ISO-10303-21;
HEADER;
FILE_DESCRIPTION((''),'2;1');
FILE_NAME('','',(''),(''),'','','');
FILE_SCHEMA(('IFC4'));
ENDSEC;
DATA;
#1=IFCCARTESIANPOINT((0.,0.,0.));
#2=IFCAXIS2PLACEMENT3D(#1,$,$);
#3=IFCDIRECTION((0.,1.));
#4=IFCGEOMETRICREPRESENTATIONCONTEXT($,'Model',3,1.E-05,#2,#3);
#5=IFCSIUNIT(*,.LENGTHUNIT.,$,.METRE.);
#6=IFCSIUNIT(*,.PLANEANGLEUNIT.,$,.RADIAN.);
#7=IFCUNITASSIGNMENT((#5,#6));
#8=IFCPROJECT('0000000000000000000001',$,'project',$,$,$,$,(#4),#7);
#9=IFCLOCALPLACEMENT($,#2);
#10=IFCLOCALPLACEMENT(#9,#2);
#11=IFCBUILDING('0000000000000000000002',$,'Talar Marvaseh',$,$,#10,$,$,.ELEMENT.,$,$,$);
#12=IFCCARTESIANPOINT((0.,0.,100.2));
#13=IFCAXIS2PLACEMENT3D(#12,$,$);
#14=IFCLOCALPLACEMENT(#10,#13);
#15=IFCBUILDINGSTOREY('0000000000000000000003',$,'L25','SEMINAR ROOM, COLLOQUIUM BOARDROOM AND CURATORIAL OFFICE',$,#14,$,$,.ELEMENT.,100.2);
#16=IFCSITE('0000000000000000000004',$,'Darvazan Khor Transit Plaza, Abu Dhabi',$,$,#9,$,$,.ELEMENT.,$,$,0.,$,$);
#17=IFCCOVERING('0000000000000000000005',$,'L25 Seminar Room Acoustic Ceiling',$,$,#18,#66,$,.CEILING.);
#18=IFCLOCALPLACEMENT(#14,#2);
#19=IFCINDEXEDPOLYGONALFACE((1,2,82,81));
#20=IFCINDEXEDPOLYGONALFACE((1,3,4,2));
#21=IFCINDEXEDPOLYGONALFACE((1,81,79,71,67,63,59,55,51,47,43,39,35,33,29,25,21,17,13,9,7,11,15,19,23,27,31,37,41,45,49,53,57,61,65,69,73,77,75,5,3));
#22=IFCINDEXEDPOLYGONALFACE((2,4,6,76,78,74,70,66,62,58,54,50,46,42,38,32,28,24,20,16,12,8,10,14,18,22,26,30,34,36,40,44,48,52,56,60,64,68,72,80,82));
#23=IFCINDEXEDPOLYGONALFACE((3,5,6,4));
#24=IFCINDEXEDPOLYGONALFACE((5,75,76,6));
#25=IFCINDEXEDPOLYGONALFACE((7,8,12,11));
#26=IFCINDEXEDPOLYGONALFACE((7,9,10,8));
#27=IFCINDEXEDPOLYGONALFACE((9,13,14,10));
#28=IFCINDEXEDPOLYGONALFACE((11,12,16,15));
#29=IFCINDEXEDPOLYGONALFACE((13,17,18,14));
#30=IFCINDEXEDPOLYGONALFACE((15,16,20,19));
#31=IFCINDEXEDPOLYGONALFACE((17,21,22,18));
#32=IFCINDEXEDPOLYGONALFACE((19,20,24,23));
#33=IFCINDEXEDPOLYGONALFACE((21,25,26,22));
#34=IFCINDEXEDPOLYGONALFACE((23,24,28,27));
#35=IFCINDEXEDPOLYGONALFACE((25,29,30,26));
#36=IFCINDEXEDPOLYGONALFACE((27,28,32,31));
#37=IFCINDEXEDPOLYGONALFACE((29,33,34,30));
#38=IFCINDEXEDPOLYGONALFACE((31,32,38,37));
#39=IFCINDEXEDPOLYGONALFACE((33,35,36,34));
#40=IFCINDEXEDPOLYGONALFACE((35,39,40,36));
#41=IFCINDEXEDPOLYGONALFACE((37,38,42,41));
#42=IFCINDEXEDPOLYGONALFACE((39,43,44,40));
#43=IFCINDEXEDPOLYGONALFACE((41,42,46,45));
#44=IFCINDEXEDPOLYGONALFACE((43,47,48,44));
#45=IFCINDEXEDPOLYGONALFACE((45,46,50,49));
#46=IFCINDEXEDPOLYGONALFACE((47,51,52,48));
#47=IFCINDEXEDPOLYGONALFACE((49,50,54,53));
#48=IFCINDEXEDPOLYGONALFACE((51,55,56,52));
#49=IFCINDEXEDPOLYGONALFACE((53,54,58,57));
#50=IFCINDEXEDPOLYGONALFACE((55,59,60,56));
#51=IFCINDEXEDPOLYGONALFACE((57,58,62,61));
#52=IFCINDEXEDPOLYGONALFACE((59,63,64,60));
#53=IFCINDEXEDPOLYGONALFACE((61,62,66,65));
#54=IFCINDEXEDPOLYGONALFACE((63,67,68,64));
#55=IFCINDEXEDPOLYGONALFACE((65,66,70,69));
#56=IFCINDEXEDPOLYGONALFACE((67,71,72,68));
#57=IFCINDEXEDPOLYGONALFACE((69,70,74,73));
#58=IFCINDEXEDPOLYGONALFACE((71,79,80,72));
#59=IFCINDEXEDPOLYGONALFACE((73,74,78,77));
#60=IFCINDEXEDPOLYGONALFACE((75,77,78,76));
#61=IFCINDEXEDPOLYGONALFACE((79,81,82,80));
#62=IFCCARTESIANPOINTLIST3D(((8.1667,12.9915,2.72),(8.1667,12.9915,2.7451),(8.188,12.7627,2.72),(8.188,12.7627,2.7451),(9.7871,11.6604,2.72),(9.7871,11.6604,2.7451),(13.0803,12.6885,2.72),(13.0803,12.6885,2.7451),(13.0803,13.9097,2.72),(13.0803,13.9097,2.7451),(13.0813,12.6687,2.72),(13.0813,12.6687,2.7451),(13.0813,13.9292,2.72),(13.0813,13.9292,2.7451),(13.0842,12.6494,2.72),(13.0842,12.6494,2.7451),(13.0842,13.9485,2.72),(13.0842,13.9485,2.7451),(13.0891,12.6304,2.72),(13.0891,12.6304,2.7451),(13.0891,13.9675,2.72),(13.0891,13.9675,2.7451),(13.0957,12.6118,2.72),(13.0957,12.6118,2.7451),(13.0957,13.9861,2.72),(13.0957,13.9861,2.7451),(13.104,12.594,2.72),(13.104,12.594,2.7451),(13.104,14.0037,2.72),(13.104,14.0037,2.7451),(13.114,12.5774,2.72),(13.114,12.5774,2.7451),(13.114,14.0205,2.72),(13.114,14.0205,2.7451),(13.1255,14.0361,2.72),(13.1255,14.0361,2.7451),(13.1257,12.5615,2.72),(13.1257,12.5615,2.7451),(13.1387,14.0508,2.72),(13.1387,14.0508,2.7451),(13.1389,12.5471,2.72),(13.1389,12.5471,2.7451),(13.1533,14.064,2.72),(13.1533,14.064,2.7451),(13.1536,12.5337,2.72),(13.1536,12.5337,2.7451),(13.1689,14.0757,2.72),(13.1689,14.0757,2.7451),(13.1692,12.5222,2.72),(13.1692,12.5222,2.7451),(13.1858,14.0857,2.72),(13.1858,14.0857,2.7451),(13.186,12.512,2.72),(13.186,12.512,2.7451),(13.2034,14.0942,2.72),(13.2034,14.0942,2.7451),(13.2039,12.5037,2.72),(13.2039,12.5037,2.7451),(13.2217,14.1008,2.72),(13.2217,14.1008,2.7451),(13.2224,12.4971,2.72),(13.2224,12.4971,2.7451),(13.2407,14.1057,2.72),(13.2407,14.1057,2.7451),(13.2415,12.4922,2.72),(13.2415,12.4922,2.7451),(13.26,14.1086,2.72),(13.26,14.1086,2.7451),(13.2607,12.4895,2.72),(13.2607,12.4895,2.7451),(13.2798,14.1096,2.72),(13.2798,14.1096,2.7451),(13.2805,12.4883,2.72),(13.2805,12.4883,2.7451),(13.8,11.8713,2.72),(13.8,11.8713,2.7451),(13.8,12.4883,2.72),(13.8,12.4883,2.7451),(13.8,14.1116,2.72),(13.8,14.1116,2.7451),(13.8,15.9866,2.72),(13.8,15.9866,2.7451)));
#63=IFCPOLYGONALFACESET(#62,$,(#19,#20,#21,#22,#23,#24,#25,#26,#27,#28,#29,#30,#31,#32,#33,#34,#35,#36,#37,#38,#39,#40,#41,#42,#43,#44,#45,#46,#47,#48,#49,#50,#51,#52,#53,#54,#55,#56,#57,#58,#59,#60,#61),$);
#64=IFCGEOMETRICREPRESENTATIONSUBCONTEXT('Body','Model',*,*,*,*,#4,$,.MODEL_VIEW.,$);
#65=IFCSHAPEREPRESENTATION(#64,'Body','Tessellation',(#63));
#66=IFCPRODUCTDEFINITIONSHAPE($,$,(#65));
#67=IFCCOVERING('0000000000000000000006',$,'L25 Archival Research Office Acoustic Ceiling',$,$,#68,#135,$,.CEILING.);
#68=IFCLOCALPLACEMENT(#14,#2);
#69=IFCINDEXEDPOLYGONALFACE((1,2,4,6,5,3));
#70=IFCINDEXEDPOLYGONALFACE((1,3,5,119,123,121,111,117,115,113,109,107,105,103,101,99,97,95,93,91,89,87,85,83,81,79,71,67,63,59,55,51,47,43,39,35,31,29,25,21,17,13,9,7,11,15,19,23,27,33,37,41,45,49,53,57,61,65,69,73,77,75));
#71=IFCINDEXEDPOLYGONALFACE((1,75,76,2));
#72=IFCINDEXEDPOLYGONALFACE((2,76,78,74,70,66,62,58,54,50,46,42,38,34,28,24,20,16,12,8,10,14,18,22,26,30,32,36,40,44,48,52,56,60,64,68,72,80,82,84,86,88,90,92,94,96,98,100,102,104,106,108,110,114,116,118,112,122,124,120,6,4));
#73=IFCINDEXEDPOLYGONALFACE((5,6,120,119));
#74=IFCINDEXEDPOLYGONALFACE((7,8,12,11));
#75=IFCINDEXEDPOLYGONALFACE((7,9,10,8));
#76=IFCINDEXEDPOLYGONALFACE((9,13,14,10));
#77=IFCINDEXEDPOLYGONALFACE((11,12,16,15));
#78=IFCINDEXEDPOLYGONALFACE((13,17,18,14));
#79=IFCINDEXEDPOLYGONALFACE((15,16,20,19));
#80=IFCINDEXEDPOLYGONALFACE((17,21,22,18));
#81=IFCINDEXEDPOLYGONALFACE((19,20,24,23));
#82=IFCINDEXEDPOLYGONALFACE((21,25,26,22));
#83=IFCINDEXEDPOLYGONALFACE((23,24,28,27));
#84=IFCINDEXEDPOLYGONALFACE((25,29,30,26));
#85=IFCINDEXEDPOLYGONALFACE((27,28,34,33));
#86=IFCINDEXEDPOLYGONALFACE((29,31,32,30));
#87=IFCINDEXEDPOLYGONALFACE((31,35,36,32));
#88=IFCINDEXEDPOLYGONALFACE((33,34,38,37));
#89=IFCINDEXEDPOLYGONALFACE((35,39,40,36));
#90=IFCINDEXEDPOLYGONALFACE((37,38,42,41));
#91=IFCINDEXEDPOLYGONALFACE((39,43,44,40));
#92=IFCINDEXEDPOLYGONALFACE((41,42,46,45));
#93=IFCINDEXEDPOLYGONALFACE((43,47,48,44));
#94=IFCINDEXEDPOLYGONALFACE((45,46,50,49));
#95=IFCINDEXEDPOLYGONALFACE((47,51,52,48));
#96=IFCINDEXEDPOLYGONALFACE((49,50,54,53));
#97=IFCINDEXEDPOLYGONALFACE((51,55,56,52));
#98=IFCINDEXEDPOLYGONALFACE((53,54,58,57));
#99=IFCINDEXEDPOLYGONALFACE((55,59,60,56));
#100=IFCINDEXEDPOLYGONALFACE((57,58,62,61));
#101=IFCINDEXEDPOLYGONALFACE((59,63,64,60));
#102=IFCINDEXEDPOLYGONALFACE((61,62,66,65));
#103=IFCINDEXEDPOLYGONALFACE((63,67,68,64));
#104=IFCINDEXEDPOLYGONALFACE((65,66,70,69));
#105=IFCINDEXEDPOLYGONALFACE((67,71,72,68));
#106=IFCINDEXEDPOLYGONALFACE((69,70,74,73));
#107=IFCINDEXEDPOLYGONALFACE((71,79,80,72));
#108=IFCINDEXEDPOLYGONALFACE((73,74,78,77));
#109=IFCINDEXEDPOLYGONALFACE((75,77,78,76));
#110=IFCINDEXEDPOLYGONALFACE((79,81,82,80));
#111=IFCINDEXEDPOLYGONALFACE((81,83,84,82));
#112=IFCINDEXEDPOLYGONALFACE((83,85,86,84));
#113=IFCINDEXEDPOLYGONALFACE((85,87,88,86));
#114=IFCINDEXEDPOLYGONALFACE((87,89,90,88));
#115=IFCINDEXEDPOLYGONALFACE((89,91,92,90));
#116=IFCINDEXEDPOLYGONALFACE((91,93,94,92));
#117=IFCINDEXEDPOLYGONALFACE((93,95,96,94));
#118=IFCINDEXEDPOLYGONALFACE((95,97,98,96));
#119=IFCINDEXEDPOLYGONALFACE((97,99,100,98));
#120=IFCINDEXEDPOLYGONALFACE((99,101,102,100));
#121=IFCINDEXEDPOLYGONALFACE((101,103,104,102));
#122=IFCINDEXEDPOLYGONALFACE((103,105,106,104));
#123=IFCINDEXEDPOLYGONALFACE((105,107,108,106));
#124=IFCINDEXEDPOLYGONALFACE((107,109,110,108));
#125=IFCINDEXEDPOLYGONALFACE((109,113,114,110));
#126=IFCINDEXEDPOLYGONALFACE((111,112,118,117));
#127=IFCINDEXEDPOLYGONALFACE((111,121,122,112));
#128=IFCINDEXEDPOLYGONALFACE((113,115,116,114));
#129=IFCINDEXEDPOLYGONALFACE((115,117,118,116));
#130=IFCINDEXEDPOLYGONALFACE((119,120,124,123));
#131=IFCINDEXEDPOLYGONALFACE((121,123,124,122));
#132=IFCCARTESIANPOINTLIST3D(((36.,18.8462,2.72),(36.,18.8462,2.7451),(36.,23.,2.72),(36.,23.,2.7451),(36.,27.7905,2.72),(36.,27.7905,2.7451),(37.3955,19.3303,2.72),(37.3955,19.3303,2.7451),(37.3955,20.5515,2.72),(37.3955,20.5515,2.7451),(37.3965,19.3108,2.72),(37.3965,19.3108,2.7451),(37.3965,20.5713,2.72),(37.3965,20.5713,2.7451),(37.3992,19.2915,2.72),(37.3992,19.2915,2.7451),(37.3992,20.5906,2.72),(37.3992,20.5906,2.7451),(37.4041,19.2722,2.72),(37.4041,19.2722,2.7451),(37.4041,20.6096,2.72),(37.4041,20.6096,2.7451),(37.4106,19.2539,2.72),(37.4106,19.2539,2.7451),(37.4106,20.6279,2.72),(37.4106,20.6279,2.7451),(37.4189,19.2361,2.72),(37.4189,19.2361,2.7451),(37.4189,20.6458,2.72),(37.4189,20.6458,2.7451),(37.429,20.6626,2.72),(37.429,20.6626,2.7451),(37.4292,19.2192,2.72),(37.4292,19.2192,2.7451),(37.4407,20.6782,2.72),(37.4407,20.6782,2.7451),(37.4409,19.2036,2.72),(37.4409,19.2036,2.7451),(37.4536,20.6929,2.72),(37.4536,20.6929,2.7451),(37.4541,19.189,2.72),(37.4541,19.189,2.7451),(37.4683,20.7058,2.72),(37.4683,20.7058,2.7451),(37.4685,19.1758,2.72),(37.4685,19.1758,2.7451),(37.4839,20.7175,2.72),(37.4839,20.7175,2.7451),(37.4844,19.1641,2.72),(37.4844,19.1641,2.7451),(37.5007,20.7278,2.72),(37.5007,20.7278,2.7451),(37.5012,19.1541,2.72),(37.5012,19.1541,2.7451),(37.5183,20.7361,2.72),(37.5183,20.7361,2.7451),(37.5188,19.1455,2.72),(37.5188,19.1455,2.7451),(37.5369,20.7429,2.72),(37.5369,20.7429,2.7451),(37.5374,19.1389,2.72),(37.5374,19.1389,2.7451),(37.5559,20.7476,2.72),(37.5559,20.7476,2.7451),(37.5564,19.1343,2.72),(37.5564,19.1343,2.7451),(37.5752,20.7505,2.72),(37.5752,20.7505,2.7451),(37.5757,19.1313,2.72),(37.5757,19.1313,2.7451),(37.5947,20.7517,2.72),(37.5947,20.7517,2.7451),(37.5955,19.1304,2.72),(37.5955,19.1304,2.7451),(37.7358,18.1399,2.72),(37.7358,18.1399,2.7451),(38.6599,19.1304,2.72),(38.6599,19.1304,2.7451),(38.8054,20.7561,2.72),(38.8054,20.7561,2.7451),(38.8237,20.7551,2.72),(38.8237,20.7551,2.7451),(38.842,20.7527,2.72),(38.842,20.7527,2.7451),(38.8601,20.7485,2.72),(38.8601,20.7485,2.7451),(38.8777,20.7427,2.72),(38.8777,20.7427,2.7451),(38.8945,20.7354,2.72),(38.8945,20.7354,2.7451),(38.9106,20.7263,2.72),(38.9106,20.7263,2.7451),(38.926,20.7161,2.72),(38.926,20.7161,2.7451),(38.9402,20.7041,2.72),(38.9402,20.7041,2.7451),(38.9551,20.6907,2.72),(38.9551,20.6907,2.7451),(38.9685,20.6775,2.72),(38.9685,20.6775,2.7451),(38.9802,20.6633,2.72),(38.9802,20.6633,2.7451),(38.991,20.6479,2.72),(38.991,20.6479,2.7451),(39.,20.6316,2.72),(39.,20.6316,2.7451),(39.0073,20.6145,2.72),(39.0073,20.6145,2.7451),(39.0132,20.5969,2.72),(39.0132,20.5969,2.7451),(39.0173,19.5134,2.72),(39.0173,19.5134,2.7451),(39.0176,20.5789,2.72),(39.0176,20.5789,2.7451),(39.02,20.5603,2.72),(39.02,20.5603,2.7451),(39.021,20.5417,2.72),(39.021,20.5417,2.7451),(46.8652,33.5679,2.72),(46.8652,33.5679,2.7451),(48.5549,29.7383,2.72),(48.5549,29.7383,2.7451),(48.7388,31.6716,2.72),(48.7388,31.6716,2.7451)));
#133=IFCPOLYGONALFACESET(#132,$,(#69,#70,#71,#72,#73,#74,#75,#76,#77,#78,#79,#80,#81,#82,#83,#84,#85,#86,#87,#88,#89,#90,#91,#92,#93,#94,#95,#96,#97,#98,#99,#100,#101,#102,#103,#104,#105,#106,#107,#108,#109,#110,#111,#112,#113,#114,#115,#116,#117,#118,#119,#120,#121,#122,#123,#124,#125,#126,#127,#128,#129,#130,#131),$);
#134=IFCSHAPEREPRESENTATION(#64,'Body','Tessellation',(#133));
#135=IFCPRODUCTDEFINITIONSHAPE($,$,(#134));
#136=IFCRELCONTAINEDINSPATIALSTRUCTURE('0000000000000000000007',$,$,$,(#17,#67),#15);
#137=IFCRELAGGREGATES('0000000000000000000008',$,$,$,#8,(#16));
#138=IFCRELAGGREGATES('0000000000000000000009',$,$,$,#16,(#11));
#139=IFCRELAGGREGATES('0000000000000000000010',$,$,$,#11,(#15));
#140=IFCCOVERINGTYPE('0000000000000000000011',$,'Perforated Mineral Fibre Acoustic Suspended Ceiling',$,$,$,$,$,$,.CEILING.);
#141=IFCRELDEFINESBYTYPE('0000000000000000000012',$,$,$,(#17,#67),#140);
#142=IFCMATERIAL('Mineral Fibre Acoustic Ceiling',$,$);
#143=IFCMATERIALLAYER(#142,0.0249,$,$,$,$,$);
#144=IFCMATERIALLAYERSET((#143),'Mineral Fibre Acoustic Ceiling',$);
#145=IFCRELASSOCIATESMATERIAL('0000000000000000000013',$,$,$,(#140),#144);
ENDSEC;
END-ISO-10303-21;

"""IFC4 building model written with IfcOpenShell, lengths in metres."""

from ifc_helpers import new_model, si_unit, direction, frame, origin, place, context, subcontext, project, spatial, polyline, outline, extrude, material, layer, layer_set, type_object, element, save


model = new_model("IFC4")

# Units and contexts
model_context = context("Model", 3, precision=1e-05, world=origin(), true_north=direction((0.0, 1.0)))
body_context = subcontext(model_context, "Body", "Model", "MODEL_VIEW")
ifc_project = project(units=[si_unit("LENGTHUNIT", "METRE"), si_unit("PLANEANGLEUNIT", "RADIAN")], contexts=[model_context])

# Site, building, storey
site_placement = place(None, origin())
site = spatial("IfcSite", under=ifc_project, at=site_placement, Name="Darvazan Khor Transit Plaza, Abu Dhabi", CompositionType="ELEMENT", RefElevation=0.0)
building_placement = place(site_placement, origin())
building = spatial("IfcBuilding", under=site, at=building_placement, Name="Talar Marvaseh", CompositionType="ELEMENT")
storey_placement = place(building_placement, frame((0.0, 0.0, 100.2)))
storey = spatial("IfcBuildingStorey", under=building, at=storey_placement, Name="L25", Description="SEMINAR ROOM, COLLOQUIUM BOARDROOM AND CURATORIAL OFFICE", CompositionType="ELEMENT", Elevation=100.2)

# Coverings
ifc_material_1 = material(Name="Mineral Fibre Acoustic Ceiling")
ifc_layer_1 = layer(ifc_material_1, 0.0249)
ifc_layer_set_1 = layer_set([ifc_layer_1], Name="Mineral Fibre Acoustic Ceiling")
covering_type_1 = type_object("IfcCoveringType", Name="Perforated Mineral Fibre Acoustic Suspended Ceiling", PredefinedType="CEILING", material=ifc_layer_set_1)
covering_1_placement = place(storey_placement, frame((0.0, 0.0, 2.72)))
element("IfcCovering", 1, at=covering_1_placement, inside=storey, type_object=covering_type_1, Name="L25 Seminar Room Acoustic Ceiling", PredefinedType="CEILING", context=body_context, shape_type="SweptSolid", body=[
    extrude(outline(polyline([(13.8, 15.9866), (13.8, 14.1116), (13.2798, 14.1096), (13.26, 14.1086), (13.2407, 14.1057), (13.2217, 14.1008), (13.2034, 14.0942), (13.1858, 14.0857), (13.1689, 14.0757), (13.1533, 14.064), (13.1387, 14.0508), (13.1255, 14.0361), (13.114, 14.0205), (13.104, 14.0037), (13.0957, 13.9861), (13.0891, 13.9675), (13.0842, 13.9485), (13.0813, 13.9292), (13.0803, 13.9097), (13.0803, 12.6885), (13.0813, 12.6687), (13.0842, 12.6494), (13.0891, 12.6304), (13.0957, 12.6118), (13.104, 12.594), (13.114, 12.5774), (13.1257, 12.5615), (13.1389, 12.5471), (13.1536, 12.5337), (13.1692, 12.5222), (13.186, 12.512), (13.2039, 12.5037), (13.2224, 12.4971), (13.2415, 12.4922), (13.2607, 12.4895), (13.2805, 12.4883), (13.8, 12.4883), (13.8, 11.8713), (9.7871, 11.6604), (8.188, 12.7627), (8.1667, 12.9915), (13.8, 15.9866)])), origin(), (0.0, 0.0, 1.0), 0.0251),
])
covering_2_placement = place(storey_placement, frame((0.0, 0.0, 2.72)))
element("IfcCovering", 2, at=covering_2_placement, inside=storey, type_object=covering_type_1, Name="L25 Archival Research Office Acoustic Ceiling", PredefinedType="CEILING", context=body_context, shape_type="SweptSolid", body=[
    extrude(outline(polyline([(36.0, 18.8462), (36.0, 23.0), (36.0, 27.7905), (46.8652, 33.5679), (48.7388, 31.6716), (48.5549, 29.7383), (39.0173, 19.5134), (39.021, 20.5417), (39.02, 20.5603), (39.0176, 20.5789), (39.0132, 20.5969), (39.0073, 20.6145), (39.0, 20.6316), (38.991, 20.6479), (38.9802, 20.6633), (38.9685, 20.6775), (38.9551, 20.6907), (38.9402, 20.7041), (38.926, 20.7161), (38.9106, 20.7263), (38.8945, 20.7354), (38.8777, 20.7427), (38.8601, 20.7485), (38.842, 20.7527), (38.8237, 20.7551), (38.8054, 20.7561), (37.5947, 20.7517), (37.5752, 20.7505), (37.5559, 20.7476), (37.5369, 20.7429), (37.5183, 20.7361), (37.5007, 20.7278), (37.4839, 20.7175), (37.4683, 20.7058), (37.4536, 20.6929), (37.4407, 20.6782), (37.429, 20.6626), (37.4189, 20.6458), (37.4106, 20.6279), (37.4041, 20.6096), (37.3992, 20.5906), (37.3965, 20.5713), (37.3955, 20.5515), (37.3955, 19.3303), (37.3965, 19.3108), (37.3992, 19.2915), (37.4041, 19.2722), (37.4106, 19.2539), (37.4189, 19.2361), (37.4292, 19.2192), (37.4409, 19.2036), (37.4541, 19.189), (37.4685, 19.1758), (37.4844, 19.1641), (37.5012, 19.1541), (37.5188, 19.1455), (37.5374, 19.1389), (37.5564, 19.1343), (37.5757, 19.1313), (37.5955, 19.1304), (38.6599, 19.1304), (37.7358, 18.1399), (36.0, 18.8462)])), origin(), (0.0, 0.0, 1.0), 0.0251),
])

save(model, "model.ifc")
